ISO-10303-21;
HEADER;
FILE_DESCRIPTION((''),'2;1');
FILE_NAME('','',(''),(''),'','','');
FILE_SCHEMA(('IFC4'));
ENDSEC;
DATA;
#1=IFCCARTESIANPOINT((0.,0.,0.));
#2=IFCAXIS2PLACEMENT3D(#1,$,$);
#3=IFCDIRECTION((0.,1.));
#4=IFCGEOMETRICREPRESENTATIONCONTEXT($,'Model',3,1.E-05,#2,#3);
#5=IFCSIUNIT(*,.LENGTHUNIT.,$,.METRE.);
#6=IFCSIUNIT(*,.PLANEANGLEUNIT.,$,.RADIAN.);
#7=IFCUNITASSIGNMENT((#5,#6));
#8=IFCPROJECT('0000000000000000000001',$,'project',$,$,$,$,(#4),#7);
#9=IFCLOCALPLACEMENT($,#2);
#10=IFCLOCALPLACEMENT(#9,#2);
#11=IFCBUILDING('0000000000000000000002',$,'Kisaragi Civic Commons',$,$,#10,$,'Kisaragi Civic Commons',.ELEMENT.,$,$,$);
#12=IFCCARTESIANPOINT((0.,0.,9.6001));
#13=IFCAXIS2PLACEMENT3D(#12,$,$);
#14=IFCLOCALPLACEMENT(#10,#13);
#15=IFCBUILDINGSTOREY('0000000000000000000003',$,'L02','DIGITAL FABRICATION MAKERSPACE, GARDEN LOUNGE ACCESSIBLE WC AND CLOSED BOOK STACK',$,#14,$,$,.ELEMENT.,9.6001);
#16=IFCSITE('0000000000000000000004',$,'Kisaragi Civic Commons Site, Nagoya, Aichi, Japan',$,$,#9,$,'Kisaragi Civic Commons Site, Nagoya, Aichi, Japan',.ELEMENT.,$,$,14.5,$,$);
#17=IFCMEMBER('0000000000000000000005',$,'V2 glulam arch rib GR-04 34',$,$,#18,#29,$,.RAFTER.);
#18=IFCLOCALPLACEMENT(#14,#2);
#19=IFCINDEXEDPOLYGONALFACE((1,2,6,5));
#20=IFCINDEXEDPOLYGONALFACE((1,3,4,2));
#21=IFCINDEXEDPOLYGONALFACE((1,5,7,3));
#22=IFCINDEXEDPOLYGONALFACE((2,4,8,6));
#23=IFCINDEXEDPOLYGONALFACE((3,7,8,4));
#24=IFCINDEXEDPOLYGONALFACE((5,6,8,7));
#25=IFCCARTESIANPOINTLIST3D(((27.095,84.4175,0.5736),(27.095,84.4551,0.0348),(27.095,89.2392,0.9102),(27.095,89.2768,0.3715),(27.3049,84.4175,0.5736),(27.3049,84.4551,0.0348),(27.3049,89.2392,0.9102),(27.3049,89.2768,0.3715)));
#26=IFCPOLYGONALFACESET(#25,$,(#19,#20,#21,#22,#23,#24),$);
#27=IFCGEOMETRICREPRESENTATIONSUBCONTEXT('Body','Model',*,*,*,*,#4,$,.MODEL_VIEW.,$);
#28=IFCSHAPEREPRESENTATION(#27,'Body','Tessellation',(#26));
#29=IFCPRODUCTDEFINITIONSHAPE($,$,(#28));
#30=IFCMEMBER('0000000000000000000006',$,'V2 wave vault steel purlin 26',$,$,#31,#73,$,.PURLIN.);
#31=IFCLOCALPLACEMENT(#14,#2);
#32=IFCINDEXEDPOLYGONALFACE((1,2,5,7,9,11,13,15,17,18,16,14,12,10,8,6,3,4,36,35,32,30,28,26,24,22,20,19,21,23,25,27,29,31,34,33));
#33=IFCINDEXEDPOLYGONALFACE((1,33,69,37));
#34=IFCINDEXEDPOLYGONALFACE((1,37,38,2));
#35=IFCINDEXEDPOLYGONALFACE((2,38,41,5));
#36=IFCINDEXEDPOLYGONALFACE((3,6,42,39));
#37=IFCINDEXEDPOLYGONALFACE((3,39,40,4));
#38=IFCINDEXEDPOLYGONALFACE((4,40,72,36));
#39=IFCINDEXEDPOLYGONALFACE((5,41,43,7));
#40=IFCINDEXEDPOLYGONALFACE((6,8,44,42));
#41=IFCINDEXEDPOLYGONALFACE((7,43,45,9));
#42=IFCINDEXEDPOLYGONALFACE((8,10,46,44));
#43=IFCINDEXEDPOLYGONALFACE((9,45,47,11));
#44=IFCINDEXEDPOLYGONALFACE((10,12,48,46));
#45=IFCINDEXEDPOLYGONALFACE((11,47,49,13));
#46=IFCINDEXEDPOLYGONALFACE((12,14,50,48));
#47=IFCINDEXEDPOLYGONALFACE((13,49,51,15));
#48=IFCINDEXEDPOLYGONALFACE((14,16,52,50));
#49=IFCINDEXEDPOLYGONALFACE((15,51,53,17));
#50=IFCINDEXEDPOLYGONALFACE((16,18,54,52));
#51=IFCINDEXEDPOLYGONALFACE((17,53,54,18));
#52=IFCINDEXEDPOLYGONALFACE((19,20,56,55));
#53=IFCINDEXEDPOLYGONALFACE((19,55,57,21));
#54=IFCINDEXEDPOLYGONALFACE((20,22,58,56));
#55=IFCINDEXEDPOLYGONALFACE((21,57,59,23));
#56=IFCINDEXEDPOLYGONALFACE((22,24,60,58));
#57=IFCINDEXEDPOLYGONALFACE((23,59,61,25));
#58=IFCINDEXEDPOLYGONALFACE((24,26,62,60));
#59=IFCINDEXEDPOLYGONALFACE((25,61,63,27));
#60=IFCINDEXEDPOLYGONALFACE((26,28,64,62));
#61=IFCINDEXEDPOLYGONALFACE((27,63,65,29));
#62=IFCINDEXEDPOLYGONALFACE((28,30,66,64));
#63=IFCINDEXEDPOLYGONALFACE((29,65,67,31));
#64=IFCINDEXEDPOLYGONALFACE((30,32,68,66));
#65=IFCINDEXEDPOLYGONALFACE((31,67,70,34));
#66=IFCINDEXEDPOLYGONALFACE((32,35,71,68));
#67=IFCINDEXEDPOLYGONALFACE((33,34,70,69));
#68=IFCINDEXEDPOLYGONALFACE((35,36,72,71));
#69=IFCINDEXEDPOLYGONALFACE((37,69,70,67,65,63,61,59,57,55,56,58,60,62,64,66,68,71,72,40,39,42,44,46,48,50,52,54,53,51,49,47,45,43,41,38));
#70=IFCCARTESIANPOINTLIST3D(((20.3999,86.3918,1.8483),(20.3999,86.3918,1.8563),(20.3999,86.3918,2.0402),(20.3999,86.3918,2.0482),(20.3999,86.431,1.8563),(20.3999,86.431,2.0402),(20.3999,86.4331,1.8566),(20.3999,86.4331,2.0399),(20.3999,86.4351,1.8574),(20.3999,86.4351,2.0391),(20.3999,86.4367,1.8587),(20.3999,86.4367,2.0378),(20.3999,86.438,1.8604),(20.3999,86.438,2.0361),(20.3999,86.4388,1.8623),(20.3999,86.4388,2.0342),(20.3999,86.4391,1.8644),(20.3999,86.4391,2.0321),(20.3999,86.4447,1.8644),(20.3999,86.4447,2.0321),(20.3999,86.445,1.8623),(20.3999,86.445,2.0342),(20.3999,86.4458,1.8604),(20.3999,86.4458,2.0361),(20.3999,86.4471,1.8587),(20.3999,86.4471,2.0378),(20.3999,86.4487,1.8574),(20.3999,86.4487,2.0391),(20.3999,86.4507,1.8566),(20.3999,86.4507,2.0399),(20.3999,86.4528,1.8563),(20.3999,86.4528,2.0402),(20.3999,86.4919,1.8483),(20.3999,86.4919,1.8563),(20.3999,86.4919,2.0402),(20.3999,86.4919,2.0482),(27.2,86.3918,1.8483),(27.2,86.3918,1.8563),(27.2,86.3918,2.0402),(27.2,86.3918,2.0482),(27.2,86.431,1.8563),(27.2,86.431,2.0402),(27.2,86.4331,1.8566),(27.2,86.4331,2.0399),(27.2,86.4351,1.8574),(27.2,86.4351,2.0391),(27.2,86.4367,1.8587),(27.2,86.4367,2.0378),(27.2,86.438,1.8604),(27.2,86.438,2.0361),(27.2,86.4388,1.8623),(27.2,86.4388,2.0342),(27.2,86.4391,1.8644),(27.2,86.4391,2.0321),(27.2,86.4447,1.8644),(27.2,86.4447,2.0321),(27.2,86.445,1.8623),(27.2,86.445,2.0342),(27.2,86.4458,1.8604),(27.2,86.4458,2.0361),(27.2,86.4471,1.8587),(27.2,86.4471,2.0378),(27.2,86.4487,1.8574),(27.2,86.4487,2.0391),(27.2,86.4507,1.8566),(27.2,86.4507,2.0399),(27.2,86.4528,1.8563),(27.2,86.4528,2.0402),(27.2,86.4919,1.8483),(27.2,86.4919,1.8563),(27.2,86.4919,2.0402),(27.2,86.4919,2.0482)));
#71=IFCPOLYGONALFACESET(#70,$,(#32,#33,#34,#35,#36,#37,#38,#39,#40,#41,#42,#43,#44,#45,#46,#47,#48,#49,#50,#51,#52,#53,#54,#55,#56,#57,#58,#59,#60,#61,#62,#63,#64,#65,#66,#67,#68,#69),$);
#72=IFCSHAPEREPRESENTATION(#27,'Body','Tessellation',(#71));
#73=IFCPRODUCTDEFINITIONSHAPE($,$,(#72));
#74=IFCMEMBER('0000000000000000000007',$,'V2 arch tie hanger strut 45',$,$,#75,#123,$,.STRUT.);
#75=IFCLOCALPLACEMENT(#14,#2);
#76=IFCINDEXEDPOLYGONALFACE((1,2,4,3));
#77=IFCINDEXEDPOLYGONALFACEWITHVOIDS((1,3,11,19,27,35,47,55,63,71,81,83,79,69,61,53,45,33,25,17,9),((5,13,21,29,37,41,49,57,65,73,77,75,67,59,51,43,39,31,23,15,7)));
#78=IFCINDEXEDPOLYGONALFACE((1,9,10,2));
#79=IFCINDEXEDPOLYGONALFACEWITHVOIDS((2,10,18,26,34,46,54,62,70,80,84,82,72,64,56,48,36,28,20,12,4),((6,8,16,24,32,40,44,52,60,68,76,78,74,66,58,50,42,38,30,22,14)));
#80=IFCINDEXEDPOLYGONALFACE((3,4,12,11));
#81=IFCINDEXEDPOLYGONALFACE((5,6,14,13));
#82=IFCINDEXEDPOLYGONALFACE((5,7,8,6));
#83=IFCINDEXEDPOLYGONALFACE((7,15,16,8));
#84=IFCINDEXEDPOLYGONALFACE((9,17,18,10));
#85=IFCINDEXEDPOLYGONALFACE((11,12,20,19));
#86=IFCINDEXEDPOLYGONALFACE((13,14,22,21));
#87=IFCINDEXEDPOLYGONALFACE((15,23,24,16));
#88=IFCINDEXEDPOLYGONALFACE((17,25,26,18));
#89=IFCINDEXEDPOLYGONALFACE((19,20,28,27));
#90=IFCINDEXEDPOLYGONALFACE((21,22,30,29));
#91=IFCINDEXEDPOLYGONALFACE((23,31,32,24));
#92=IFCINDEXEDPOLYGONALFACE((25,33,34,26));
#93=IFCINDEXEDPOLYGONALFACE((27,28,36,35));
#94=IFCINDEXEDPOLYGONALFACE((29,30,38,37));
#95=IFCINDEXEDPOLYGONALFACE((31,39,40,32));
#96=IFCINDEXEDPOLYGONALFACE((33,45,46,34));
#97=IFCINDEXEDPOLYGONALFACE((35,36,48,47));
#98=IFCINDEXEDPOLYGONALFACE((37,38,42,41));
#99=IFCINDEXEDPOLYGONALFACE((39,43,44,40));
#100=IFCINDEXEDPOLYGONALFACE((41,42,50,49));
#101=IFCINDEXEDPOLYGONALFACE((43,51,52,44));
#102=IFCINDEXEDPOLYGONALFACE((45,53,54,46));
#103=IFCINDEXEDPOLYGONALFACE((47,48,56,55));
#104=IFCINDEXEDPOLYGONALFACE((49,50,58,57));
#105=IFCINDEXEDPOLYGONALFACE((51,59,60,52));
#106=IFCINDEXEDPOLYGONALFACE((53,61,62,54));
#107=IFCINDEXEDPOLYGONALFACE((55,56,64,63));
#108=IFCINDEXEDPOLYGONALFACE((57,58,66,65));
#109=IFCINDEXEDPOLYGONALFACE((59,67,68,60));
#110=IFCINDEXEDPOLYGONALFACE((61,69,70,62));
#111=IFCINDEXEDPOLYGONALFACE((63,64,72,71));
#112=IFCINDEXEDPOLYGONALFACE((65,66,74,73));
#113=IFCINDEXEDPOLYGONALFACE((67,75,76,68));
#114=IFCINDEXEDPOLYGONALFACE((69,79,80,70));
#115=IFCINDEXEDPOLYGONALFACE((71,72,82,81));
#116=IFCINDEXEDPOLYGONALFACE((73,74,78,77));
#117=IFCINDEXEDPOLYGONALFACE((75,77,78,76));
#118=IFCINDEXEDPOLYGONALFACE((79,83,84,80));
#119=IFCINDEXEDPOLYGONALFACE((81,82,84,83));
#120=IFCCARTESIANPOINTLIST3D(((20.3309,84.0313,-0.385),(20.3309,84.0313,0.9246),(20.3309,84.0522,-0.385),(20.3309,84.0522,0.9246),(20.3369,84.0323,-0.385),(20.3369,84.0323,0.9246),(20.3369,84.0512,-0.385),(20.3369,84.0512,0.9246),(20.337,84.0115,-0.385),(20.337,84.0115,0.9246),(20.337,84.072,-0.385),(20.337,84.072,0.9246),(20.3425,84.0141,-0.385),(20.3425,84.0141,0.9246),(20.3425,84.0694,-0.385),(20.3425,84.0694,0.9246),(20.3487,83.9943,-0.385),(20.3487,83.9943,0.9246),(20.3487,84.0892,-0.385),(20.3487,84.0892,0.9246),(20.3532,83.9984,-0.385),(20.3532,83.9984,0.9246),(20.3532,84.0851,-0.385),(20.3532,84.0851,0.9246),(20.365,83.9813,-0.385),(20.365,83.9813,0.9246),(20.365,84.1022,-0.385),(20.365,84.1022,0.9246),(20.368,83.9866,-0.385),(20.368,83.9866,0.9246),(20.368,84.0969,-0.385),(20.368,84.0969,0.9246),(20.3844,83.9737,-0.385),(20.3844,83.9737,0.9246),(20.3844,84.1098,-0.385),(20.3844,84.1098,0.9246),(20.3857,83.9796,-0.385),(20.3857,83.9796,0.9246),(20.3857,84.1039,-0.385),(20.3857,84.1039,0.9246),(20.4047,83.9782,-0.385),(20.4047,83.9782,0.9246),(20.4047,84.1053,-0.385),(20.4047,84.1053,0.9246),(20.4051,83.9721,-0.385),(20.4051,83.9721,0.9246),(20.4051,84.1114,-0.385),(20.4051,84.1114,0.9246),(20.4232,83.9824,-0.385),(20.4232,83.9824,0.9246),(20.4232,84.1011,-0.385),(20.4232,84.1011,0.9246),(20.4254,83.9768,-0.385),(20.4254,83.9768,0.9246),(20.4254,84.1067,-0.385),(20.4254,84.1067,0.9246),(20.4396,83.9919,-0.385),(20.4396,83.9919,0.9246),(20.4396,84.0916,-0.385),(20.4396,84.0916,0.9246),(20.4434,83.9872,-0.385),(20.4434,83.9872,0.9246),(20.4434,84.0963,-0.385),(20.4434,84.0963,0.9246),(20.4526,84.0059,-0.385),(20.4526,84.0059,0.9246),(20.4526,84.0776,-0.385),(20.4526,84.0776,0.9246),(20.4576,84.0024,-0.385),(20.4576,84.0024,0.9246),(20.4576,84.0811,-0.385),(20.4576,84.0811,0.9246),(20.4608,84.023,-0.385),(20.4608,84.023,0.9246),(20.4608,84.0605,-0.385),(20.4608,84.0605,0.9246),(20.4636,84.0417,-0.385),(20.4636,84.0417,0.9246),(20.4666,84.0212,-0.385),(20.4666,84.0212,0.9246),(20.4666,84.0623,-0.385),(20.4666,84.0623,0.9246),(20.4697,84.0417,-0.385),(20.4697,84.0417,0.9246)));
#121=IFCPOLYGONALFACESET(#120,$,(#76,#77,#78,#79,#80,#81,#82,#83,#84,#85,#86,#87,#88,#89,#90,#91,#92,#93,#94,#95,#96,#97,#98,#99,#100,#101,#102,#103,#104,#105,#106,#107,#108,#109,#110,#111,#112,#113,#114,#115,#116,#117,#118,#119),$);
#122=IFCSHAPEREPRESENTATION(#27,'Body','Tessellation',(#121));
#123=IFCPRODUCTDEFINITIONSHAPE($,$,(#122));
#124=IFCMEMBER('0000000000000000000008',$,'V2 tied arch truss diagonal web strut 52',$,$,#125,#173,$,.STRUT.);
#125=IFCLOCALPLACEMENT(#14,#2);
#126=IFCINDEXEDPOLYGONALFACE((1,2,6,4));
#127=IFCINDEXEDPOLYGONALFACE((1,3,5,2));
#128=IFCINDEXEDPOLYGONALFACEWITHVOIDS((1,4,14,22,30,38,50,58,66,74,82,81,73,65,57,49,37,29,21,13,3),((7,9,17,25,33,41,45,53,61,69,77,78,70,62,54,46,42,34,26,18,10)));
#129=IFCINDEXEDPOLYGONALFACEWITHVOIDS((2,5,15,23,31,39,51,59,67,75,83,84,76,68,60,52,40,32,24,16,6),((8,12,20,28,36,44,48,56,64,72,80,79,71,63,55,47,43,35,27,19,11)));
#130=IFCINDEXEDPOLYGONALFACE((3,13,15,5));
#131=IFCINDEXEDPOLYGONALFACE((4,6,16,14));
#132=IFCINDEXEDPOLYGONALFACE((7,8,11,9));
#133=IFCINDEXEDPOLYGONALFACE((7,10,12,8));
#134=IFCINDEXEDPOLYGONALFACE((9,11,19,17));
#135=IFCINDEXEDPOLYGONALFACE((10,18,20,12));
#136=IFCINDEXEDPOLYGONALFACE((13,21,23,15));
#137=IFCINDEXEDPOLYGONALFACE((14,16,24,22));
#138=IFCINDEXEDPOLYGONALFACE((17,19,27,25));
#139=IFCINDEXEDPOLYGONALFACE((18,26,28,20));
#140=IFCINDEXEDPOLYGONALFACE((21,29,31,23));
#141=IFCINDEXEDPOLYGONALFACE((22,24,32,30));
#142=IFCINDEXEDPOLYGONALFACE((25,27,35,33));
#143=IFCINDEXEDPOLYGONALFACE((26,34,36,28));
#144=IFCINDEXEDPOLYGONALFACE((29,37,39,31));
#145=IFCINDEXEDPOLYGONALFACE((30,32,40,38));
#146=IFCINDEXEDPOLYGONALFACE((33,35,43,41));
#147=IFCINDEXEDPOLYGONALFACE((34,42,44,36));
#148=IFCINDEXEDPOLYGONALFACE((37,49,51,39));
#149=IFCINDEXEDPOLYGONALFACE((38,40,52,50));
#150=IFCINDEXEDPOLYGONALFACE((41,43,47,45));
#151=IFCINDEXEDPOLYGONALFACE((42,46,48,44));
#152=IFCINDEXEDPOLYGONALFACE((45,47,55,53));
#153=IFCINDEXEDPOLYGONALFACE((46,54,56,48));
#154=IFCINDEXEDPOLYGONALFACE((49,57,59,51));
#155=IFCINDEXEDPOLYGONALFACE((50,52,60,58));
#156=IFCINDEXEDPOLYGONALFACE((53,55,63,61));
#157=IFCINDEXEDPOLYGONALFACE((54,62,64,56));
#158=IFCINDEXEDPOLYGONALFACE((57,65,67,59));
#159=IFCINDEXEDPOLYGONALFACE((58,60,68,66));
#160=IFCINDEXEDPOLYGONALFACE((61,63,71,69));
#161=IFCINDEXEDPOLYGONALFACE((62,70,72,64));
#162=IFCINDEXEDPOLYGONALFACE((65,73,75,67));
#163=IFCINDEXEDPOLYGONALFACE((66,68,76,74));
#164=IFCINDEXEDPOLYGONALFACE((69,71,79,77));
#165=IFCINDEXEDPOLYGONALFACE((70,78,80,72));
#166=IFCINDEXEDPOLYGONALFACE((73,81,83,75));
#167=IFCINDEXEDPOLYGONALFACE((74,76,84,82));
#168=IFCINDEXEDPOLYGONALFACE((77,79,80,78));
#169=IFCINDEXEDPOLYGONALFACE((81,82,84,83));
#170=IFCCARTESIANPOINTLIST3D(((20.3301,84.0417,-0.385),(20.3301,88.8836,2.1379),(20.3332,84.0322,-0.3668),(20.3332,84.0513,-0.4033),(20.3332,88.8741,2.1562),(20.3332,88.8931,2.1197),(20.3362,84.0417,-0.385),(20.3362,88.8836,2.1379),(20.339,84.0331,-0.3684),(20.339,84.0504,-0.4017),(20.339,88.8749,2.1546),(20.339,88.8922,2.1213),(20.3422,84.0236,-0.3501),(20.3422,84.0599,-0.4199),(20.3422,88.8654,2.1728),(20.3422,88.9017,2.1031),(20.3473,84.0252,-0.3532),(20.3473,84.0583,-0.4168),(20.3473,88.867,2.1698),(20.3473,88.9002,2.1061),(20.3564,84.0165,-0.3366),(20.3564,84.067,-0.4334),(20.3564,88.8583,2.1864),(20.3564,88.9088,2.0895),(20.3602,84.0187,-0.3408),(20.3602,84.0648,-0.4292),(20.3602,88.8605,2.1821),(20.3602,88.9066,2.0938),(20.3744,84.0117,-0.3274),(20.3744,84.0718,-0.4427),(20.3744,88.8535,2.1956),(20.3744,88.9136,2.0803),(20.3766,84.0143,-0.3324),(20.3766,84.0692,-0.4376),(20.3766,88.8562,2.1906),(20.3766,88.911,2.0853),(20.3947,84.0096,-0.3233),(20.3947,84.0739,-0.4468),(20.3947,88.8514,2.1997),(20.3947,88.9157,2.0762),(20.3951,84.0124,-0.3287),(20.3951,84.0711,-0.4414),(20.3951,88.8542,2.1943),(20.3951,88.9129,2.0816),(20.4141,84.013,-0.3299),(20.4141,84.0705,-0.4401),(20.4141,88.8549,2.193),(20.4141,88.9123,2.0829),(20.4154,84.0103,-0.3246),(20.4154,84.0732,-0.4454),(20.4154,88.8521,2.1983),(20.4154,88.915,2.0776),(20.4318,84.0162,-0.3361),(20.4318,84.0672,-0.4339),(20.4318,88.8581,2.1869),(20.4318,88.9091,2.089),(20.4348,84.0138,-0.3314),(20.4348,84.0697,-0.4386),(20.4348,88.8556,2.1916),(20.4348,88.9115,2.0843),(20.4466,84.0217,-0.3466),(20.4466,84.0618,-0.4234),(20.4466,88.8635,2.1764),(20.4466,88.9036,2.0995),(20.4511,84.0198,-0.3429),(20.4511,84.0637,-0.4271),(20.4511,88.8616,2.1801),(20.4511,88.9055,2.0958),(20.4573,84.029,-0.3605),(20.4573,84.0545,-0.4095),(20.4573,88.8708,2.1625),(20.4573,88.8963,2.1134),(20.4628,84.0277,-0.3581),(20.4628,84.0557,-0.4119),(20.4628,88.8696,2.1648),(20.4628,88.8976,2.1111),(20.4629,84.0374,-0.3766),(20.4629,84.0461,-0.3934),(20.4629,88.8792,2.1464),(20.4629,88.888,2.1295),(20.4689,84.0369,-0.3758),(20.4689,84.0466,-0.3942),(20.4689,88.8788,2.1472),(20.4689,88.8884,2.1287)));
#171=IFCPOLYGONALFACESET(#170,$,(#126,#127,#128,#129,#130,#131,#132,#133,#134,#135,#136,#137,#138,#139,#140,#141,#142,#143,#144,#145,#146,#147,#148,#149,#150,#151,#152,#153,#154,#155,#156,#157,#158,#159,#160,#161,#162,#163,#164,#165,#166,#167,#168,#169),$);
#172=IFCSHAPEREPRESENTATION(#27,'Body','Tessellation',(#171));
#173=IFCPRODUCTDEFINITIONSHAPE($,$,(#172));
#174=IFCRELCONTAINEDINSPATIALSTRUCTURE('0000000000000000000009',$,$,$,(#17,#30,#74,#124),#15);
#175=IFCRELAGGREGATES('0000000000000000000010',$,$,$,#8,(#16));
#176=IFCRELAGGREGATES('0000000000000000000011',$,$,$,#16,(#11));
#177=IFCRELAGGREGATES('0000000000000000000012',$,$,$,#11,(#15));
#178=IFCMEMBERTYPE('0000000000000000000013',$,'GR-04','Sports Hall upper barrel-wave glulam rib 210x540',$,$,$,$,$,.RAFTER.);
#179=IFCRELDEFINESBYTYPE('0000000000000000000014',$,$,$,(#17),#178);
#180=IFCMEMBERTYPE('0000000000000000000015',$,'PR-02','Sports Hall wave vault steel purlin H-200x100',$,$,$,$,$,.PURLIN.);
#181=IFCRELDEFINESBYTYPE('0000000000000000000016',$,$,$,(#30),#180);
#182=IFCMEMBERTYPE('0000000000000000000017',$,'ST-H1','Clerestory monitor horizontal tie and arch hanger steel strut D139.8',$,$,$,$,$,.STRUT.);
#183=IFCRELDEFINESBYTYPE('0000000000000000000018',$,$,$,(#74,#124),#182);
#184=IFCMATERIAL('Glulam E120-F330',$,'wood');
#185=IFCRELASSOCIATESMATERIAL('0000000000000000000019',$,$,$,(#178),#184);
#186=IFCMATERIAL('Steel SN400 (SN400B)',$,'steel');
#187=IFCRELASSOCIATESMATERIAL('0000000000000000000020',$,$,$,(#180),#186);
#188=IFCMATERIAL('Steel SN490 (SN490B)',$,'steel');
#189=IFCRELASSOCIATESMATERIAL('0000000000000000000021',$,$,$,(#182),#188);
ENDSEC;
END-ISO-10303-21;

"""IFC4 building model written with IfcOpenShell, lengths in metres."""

from ifc_helpers import new_model, si_unit, direction, frame, origin, origin_2d, place, context, subcontext, project, spatial, rectangle, hollow_circle, i_section, extrude, material, material_profile, profile_set, type_object, element, save


model = new_model("IFC4")

# Units and contexts
model_context = context("Model", 3, precision=1e-05, world=origin(), true_north=direction((0.0, 1.0)))
body_context = subcontext(model_context, "Body", "Model", "MODEL_VIEW")
ifc_project = project(units=[si_unit("LENGTHUNIT", "METRE"), si_unit("PLANEANGLEUNIT", "RADIAN")], contexts=[model_context])

# Site, building, storey
site_placement = place(None, origin())
site = spatial("IfcSite", under=ifc_project, at=site_placement, Name="Kisaragi Civic Commons Site, Nagoya, Aichi, Japan", LongName="Kisaragi Civic Commons Site, Nagoya, Aichi, Japan", CompositionType="ELEMENT", RefElevation=14.5)
building_placement = place(site_placement, origin())
building = spatial("IfcBuilding", under=site, at=building_placement, Name="Kisaragi Civic Commons", LongName="Kisaragi Civic Commons", CompositionType="ELEMENT")
storey_placement = place(building_placement, frame((0.0, 0.0, 9.6001)))
storey = spatial("IfcBuildingStorey", under=building, at=storey_placement, Name="L02", Description="DIGITAL FABRICATION MAKERSPACE, GARDEN LOUNGE ACCESSIBLE WC AND CLOSED BOOK STACK", CompositionType="ELEMENT", Elevation=9.6001)

# Shared definitions
ifc_material_1 = material(Name="Steel SN400 (SN400B)", Category="steel")

# Members
ifc_material_2 = material(Name="Steel SN490 (SN490B)", Category="steel")
ifc_material_3 = material(Name="Glulam E120-F330", Category="wood")
ifc_material_profile_1 = material_profile(ifc_material_3, rectangle(XDim=0.21, YDim=0.54, at=origin_2d()), Name="GL-210x540", Category="wood")
ifc_profile_set_1 = profile_set([ifc_material_profile_1], Name="Glulam E120-F330")
member_type_1 = type_object("IfcMemberType", Name="GR-04", Description="Sports Hall upper barrel-wave glulam rib 210x540", PredefinedType="RAFTER", material=ifc_profile_set_1)
member_1_placement = place(storey_placement, frame((27.2, 84.4363, 0.3042), z_axis=(0.0, 0.997571, 0.069653), x_axis=(-1.0, 0.0, 0.0)))
element("IfcMember", 1, at=member_1_placement, inside=storey, type_object=member_type_1, Name="V2 glulam arch rib GR-04 34", PredefinedType="RAFTER", context=body_context, shape_type="SweptSolid", body=[
    extrude(rectangle(XDim=0.21, YDim=0.54, at=origin_2d()), origin(), (0.0, 0.0, 1.0), 4.8335),
])
ifc_material_profile_2 = material_profile(ifc_material_1, i_section(OverallWidth=0.1001, OverallDepth=0.2, WebThickness=0.0056, FlangeThickness=0.0081, FilletRadius=0.0081, at=origin_2d()), Name="H-200x100x5.5x8", Category="steel")
ifc_profile_set_2 = profile_set([ifc_material_profile_2], Name="Steel SN400 (SN400B)")
member_type_2 = type_object("IfcMemberType", Name="PR-02", Description="Sports Hall wave vault steel purlin H-200x100", PredefinedType="PURLIN", material=ifc_profile_set_2)
member_2_placement = place(storey_placement, frame((20.3999, 86.4419, 1.9482), z_axis=(1.0, 0.0, 0.0), x_axis=(0.0, 1.0, 0.0)))
element("IfcMember", 2, at=member_2_placement, inside=storey, type_object=member_type_2, Name="V2 wave vault steel purlin 26", PredefinedType="PURLIN", context=body_context, shape_type="SweptSolid", body=[
    extrude(i_section(OverallWidth=0.1001, OverallDepth=0.2, WebThickness=0.0056, FlangeThickness=0.0081, FilletRadius=0.0081, at=origin_2d()), origin(), (0.0, 0.0, 1.0), 6.8),
])
ifc_material_profile_3 = material_profile(ifc_material_2, hollow_circle(Radius=0.0698, WallThickness=0.0061, at=origin_2d()), Name="CHS-139.8x6.0", Category="steel")
ifc_profile_set_3 = profile_set([ifc_material_profile_3], Name="Steel SN490 (SN490B)")
member_type_3 = type_object("IfcMemberType", Name="ST-H1", Description="Clerestory monitor horizontal tie and arch hanger steel strut D139.8", PredefinedType="STRUT", material=ifc_profile_set_3)
member_3_placement = place(storey_placement, frame((20.3999, 84.0417, -0.385), z_axis=(0.0, 0.0, 1.0), x_axis=(1.0, 0.0, 0.0)))
element("IfcMember", 3, at=member_3_placement, inside=storey, type_object=member_type_3, Name="V2 arch tie hanger strut 45", PredefinedType="STRUT", context=body_context, shape_type="SweptSolid", body=[
    extrude(hollow_circle(Radius=0.0698, WallThickness=0.0061, at=origin_2d()), origin(), (0.0, 0.0, 1.0), 1.3096),
])
member_4_placement = place(storey_placement, frame((20.3999, 84.0417, -0.385), z_axis=(0.0, 0.886826, 0.462104), x_axis=(-1.0, 0.0, 0.0)))
element("IfcMember", 4, at=member_4_placement, inside=storey, type_object=member_type_3, Name="V2 tied arch truss diagonal web strut 52", PredefinedType="STRUT", context=body_context, shape_type="SweptSolid", body=[
    extrude(hollow_circle(Radius=0.0698, WallThickness=0.0061, at=origin_2d()), origin(), (0.0, 0.0, 1.0), 5.4597),
])

save(model, "model.ifc")
